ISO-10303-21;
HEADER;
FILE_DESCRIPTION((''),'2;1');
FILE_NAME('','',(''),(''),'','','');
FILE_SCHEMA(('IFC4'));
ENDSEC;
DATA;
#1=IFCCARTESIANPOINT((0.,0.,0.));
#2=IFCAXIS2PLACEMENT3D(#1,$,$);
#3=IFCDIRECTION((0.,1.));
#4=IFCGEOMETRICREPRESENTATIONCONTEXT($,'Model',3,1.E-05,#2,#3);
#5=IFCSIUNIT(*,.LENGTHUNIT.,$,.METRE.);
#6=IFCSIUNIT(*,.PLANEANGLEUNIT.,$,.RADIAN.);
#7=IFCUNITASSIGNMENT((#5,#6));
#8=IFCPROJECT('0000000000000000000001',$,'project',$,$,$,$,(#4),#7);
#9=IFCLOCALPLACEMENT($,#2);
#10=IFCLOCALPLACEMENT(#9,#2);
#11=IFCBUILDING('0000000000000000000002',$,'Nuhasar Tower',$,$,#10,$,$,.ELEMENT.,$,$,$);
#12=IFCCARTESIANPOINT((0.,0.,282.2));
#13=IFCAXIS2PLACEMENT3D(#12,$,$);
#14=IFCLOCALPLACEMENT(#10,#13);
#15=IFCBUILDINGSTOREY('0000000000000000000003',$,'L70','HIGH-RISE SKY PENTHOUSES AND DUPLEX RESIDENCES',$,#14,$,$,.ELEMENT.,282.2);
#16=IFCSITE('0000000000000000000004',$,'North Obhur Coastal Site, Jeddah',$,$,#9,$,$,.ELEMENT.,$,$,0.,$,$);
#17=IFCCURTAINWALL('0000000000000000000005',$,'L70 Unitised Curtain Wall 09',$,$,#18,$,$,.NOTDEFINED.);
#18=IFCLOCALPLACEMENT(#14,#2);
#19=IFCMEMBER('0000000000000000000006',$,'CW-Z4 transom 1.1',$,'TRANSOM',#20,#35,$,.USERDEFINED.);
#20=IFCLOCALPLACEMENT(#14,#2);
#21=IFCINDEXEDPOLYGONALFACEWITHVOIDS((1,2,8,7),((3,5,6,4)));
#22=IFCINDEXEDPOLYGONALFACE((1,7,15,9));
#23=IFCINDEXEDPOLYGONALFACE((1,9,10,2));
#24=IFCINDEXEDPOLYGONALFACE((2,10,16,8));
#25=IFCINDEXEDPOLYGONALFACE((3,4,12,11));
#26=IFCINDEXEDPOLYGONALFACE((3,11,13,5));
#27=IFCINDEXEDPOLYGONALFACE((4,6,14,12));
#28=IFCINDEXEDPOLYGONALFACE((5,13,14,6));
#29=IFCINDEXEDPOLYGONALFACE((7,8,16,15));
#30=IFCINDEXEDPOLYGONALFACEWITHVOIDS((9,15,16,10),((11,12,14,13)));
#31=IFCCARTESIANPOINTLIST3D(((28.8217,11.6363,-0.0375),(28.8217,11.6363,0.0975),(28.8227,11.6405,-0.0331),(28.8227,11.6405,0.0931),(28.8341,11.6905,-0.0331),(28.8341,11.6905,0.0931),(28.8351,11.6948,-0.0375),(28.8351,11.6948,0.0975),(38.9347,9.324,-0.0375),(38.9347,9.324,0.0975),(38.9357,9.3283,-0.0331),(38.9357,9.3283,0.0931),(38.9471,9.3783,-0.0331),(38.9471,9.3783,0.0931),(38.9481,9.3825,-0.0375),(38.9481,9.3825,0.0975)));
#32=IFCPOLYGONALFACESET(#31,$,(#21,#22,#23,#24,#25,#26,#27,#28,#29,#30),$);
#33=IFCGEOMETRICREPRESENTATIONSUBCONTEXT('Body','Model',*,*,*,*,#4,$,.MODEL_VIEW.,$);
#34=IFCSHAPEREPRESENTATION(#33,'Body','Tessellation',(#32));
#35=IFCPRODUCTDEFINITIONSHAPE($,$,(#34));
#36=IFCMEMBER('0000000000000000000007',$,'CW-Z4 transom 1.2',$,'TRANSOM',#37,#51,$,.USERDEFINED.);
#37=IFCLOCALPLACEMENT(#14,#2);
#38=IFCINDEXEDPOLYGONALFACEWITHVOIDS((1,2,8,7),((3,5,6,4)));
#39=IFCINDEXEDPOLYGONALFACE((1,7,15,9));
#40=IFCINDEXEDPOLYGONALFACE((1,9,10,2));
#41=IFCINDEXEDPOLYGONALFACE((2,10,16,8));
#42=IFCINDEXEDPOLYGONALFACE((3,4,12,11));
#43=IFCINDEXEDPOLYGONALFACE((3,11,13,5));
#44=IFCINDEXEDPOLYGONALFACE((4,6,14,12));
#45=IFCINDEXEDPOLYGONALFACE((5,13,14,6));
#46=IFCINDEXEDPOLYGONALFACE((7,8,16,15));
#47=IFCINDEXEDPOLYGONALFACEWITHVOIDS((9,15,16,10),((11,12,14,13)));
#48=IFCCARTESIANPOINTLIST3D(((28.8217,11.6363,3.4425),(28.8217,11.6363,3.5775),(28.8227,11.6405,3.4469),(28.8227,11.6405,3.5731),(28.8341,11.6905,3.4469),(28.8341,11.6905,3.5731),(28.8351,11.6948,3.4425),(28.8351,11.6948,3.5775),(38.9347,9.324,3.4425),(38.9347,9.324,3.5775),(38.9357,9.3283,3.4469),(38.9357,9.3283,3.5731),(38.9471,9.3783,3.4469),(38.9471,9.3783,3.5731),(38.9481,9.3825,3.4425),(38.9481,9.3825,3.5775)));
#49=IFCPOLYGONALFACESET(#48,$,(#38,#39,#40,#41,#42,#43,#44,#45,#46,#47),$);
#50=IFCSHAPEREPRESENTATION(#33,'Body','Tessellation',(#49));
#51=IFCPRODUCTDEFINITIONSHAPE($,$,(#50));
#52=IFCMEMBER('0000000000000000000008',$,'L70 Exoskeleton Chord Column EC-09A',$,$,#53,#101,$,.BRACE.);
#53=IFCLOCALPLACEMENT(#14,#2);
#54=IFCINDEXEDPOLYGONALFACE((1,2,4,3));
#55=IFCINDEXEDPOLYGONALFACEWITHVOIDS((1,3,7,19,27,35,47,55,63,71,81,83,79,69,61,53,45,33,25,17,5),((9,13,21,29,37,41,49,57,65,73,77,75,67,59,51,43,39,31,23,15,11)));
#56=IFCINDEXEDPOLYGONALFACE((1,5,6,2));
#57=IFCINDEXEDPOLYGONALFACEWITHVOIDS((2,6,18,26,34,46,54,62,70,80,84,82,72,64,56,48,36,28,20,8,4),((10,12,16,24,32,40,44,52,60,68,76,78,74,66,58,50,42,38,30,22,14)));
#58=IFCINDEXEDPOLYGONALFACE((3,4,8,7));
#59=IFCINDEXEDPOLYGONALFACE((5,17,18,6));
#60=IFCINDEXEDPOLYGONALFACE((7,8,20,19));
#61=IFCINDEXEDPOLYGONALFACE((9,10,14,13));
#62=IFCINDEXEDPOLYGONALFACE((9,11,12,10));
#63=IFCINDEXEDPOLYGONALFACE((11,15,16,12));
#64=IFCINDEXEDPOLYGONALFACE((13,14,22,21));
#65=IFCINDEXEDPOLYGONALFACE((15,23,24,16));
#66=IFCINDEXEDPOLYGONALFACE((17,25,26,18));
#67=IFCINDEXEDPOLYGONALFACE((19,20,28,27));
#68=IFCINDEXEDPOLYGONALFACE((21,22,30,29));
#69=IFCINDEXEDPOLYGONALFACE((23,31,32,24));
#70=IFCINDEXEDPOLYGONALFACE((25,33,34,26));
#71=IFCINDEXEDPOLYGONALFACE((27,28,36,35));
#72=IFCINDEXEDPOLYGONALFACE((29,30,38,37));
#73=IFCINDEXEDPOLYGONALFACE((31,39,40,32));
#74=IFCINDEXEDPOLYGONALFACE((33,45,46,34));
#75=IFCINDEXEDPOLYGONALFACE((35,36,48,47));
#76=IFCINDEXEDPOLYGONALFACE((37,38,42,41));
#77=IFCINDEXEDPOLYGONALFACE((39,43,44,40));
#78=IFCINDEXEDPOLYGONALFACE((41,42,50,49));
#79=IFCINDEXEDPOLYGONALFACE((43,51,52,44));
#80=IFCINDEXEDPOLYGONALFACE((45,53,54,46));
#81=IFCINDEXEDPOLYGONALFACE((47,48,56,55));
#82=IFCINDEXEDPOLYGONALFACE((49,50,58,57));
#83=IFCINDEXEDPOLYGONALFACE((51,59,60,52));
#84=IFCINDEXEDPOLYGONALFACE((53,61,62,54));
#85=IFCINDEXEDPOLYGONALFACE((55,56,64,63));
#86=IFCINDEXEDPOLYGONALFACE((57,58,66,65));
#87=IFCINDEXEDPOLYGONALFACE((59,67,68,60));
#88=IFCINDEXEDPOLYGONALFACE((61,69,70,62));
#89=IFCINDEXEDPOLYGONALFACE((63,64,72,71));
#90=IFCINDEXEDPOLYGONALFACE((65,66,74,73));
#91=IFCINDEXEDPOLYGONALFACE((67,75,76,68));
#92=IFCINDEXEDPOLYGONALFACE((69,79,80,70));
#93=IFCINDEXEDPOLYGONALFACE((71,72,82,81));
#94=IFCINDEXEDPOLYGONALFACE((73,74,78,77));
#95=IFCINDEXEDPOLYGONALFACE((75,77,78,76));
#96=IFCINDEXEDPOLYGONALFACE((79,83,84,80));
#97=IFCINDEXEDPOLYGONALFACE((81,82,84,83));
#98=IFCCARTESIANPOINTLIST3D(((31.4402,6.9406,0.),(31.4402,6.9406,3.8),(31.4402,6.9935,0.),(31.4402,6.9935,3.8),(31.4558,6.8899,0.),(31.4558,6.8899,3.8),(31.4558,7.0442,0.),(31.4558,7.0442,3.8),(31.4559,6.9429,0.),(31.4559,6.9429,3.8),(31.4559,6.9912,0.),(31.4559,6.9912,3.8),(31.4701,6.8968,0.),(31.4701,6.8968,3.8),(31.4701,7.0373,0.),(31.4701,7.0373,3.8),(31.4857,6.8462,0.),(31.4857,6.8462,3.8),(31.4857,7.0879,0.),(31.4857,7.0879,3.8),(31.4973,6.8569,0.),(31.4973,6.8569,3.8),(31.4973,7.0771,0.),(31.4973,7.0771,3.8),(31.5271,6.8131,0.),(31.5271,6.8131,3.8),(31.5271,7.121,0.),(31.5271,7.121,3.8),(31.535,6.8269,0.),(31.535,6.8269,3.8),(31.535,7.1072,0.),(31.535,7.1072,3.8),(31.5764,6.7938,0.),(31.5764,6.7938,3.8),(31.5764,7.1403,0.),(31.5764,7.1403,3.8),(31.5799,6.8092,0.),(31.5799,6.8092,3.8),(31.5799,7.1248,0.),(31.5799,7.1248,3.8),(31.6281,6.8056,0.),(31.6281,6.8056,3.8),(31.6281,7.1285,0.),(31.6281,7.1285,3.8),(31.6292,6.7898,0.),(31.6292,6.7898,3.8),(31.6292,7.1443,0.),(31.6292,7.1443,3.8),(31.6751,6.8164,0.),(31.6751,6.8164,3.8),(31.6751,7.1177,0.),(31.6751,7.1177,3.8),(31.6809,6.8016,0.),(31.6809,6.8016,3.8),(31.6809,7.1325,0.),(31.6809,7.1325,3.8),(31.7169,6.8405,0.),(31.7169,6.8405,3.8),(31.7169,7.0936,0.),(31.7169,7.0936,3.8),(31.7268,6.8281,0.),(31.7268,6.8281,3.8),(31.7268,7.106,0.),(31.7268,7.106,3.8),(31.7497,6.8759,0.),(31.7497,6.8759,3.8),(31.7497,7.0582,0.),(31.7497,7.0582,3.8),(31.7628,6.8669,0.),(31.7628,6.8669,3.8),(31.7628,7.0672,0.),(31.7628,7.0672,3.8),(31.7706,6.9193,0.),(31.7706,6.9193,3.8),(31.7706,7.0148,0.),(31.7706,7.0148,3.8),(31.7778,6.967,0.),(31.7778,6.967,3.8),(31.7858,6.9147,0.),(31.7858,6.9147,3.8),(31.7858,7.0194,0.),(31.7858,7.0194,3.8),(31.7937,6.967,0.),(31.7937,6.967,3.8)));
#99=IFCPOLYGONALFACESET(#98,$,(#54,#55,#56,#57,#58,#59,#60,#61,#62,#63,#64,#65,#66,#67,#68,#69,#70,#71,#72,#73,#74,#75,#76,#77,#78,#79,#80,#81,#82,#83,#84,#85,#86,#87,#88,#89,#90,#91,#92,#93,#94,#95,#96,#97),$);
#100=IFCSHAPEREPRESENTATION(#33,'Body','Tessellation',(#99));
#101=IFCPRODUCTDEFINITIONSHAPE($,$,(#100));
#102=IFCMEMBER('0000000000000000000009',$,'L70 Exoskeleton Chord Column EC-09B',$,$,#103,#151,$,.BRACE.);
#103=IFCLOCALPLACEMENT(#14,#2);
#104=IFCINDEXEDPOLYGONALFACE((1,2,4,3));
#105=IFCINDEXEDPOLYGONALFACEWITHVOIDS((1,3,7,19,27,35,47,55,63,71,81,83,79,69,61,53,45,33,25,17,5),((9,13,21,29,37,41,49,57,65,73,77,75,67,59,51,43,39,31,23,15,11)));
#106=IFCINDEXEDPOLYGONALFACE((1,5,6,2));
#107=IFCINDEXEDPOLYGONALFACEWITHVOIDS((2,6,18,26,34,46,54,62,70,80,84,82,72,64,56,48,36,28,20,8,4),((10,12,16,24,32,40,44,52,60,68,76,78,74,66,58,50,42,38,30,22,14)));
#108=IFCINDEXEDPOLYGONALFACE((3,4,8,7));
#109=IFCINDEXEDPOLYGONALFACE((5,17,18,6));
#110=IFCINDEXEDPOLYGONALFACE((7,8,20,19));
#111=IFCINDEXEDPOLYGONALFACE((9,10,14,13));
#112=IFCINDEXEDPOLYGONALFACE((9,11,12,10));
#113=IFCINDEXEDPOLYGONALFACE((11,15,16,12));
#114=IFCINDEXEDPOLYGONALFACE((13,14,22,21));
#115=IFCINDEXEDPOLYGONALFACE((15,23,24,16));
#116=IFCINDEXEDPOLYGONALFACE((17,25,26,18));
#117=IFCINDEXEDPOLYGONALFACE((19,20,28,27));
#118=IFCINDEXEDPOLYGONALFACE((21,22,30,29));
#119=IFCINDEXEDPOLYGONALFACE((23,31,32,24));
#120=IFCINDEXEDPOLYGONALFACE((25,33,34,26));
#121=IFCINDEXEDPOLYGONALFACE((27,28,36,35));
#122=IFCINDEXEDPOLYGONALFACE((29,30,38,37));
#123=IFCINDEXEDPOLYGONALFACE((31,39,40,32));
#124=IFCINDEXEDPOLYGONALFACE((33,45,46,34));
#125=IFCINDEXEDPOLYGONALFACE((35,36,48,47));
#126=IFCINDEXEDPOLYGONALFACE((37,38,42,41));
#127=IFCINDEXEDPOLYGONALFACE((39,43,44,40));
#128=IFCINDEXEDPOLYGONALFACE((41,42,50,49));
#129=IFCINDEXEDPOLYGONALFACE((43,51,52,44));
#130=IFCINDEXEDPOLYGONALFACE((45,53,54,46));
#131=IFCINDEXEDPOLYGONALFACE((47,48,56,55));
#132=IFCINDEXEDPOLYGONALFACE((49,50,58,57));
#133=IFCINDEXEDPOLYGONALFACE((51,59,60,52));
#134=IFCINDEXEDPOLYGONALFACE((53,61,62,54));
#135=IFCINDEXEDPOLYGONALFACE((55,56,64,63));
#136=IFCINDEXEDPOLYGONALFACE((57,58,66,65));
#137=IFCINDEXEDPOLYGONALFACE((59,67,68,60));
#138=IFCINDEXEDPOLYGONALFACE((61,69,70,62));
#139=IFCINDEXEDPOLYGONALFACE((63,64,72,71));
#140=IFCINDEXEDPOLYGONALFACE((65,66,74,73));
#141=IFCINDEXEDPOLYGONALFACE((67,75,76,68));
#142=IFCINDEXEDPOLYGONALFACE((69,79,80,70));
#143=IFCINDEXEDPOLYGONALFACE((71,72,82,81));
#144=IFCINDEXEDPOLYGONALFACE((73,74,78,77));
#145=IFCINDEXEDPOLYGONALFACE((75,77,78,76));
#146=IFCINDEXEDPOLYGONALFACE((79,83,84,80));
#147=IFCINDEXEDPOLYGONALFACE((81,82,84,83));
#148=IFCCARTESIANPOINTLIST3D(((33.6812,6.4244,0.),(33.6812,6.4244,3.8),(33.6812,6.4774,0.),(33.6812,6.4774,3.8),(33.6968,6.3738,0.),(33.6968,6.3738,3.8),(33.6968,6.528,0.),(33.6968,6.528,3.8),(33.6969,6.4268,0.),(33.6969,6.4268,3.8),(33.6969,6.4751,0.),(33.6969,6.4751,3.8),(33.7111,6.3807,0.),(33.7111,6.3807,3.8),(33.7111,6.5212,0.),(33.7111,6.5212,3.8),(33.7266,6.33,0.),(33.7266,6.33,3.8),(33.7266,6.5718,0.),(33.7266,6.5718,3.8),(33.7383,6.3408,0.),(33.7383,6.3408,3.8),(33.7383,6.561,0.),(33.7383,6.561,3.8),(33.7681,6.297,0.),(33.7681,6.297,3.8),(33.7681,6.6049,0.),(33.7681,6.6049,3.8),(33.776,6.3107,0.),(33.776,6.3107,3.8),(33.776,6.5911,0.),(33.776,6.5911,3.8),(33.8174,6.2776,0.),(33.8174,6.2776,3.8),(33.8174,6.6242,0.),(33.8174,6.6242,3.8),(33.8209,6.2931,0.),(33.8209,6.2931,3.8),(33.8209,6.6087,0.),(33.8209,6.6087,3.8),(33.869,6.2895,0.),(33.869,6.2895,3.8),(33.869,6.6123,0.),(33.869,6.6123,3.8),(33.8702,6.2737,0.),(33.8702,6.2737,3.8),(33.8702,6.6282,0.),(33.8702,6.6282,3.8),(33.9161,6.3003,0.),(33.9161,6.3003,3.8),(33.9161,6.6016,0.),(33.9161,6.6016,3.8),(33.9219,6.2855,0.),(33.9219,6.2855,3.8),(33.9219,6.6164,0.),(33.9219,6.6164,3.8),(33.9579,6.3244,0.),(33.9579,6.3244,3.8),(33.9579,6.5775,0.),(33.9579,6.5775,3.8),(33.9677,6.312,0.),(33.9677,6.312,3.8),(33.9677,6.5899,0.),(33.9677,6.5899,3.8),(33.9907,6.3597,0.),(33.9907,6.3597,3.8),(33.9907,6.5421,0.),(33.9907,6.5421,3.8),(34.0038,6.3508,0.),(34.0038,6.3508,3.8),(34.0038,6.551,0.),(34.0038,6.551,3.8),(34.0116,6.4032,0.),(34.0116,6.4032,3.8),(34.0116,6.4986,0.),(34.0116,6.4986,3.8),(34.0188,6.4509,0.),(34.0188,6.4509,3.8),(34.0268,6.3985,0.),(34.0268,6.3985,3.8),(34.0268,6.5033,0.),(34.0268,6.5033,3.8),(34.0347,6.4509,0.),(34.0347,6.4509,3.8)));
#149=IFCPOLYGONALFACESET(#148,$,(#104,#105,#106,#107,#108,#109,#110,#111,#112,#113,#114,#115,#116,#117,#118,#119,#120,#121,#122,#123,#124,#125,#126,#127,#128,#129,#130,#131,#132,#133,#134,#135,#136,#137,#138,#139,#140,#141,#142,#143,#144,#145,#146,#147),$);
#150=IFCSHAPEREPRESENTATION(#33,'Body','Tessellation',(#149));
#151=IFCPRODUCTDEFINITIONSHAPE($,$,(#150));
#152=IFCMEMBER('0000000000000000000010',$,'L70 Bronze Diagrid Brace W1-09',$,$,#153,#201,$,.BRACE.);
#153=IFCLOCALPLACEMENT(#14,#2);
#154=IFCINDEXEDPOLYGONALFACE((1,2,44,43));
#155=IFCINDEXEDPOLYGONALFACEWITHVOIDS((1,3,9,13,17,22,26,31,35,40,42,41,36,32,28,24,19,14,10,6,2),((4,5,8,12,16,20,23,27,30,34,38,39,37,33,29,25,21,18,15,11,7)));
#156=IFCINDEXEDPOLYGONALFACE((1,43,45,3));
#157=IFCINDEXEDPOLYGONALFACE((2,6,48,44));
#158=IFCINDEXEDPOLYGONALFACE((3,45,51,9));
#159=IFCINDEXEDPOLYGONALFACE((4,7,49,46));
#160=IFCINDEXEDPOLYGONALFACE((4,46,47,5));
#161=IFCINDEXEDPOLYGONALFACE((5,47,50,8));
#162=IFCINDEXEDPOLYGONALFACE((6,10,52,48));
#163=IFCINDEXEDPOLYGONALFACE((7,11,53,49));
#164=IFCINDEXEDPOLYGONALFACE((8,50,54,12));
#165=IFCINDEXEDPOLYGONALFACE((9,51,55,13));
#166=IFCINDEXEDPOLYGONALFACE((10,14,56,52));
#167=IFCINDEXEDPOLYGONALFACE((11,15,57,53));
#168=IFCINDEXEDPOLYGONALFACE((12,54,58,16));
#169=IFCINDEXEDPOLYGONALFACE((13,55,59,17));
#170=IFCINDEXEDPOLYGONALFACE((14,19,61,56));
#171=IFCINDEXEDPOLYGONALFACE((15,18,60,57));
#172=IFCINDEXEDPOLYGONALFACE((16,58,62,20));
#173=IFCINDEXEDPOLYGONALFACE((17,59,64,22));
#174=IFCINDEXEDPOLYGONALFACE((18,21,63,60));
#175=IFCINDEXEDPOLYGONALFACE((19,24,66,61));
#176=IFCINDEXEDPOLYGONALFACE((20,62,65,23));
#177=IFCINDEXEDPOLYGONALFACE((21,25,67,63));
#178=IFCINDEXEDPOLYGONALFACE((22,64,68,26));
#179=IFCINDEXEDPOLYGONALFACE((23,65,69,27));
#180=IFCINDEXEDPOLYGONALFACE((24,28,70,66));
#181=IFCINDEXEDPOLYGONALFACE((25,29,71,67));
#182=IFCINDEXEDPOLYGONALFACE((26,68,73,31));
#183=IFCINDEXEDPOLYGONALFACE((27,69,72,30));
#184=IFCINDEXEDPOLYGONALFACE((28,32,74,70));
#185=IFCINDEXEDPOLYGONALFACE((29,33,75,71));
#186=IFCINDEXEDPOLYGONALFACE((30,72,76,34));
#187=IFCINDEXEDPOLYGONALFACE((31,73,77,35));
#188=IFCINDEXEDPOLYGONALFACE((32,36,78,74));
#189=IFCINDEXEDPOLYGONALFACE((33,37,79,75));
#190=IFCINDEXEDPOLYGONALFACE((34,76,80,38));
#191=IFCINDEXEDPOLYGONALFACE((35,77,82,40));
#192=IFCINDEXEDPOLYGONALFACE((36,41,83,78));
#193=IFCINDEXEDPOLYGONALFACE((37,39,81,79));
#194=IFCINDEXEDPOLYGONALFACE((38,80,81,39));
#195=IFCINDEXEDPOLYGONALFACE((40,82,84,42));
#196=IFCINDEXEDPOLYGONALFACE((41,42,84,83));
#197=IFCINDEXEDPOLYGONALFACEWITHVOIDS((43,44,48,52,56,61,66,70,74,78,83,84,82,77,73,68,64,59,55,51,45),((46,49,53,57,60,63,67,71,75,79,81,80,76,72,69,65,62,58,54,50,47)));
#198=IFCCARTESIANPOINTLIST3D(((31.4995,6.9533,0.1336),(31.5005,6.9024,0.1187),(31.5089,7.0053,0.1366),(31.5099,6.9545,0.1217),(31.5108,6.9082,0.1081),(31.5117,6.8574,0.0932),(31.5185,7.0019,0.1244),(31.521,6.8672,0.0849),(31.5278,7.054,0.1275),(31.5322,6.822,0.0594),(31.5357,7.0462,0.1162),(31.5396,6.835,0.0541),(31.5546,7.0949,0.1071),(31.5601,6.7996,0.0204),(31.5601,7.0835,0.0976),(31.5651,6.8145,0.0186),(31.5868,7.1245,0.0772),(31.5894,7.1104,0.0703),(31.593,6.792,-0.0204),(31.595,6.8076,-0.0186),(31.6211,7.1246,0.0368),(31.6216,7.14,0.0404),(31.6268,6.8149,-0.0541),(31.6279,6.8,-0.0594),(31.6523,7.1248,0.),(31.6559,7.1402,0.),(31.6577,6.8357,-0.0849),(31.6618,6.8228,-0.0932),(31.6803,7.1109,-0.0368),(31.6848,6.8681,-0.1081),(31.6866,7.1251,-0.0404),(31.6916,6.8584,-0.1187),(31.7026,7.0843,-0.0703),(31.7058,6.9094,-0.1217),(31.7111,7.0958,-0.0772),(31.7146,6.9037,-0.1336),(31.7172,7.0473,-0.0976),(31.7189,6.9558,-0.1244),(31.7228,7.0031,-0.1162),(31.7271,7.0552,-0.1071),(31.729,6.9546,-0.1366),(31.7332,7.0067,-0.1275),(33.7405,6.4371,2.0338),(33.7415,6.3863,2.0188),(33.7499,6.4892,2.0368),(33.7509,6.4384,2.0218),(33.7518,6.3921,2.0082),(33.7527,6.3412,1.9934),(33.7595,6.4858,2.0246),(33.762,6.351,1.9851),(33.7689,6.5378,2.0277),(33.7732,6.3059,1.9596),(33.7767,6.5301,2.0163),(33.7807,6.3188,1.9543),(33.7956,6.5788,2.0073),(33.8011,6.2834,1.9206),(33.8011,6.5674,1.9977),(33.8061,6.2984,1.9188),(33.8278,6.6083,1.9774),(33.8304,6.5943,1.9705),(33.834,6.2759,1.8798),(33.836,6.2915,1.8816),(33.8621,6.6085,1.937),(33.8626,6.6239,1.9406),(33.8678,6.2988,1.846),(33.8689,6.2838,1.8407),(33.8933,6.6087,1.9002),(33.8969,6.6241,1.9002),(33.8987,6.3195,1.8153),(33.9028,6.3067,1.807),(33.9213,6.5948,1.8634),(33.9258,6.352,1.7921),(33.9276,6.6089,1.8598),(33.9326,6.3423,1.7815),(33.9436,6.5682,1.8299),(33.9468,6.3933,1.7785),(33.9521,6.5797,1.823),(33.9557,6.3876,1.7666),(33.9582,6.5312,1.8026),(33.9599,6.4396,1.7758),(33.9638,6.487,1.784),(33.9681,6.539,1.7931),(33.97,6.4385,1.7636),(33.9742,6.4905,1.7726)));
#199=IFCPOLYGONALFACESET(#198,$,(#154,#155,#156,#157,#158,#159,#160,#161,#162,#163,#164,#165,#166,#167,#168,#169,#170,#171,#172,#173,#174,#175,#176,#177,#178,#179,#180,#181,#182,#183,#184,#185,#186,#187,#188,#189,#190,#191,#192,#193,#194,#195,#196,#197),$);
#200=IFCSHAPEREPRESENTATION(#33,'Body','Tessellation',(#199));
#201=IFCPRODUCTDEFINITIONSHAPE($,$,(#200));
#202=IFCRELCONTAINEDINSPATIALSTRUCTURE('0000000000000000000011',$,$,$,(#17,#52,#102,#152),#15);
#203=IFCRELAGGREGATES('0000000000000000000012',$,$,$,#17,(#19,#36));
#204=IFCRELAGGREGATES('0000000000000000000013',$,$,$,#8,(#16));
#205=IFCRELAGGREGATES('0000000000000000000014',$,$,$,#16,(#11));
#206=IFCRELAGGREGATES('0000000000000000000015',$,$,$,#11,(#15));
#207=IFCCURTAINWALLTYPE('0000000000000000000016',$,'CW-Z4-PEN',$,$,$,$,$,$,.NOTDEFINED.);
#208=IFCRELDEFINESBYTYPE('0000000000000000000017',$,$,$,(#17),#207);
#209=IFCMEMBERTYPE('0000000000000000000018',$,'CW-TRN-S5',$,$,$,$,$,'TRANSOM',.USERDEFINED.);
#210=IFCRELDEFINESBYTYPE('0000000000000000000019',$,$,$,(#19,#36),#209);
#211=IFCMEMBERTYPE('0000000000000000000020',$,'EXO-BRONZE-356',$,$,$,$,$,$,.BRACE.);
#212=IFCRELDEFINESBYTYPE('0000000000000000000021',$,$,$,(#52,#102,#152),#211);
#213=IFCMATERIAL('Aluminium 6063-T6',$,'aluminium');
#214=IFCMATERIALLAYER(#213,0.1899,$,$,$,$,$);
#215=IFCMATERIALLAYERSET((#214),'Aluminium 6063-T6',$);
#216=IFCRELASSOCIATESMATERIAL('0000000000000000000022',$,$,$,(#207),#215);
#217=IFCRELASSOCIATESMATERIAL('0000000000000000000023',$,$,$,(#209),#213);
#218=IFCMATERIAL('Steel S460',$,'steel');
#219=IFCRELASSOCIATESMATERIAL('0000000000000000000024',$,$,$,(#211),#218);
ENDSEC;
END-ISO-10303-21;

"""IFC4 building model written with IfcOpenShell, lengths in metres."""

from ifc_helpers import new_model, si_unit, direction, frame, origin, origin_2d, place, context, subcontext, project, spatial, hollow_rectangle, hollow_circle, extrude, material, layer, layer_set, material_profile, profile_set, type_object, element, aggregate, save


model = new_model("IFC4")

# Units and contexts
model_context = context("Model", 3, precision=1e-05, world=origin(), true_north=direction((0.0, 1.0)))
body_context = subcontext(model_context, "Body", "Model", "MODEL_VIEW")
ifc_project = project(units=[si_unit("LENGTHUNIT", "METRE"), si_unit("PLANEANGLEUNIT", "RADIAN")], contexts=[model_context])

# Site, building, storey
site_placement = place(None, origin())
site = spatial("IfcSite", under=ifc_project, at=site_placement, Name="North Obhur Coastal Site, Jeddah", CompositionType="ELEMENT", RefElevation=0.0)
building_placement = place(site_placement, origin())
building = spatial("IfcBuilding", under=site, at=building_placement, Name="Nuhasar Tower", CompositionType="ELEMENT")
storey_placement = place(building_placement, frame((0.0, 0.0, 282.2)))
storey = spatial("IfcBuildingStorey", under=building, at=storey_placement, Name="L70", Description="HIGH-RISE SKY PENTHOUSES AND DUPLEX RESIDENCES", CompositionType="ELEMENT", Elevation=282.2)

# Curtain wall, members
ifc_material_1 = material(Name="Aluminium 6063-T6", Category="aluminium")
ifc_layer_1 = layer(ifc_material_1, 0.1899)
ifc_layer_set_1 = layer_set([ifc_layer_1], Name="Aluminium 6063-T6")
curtain_wall_type = type_object("IfcCurtainWallType", Name="CW-Z4-PEN", PredefinedType="NOTDEFINED", material=ifc_layer_set_1)
curtain_wall_placement = place(storey_placement, origin())
curtain_wall = element("IfcCurtainWall", 1, at=curtain_wall_placement, inside=storey, type_object=curtain_wall_type, Name="L70 Unitised Curtain Wall 09", PredefinedType="NOTDEFINED")
ifc_material_profile_1 = material_profile(ifc_material_1, hollow_rectangle(XDim=0.0601, YDim=0.135, WallThickness=0.0044, at=origin_2d()), Name="CWT-5")
ifc_profile_set_1 = profile_set([ifc_material_profile_1], Name="Aluminium 6063-T6")
member_type_1 = type_object("IfcMemberType", Name="CW-TRN-S5", ElementType="TRANSOM", PredefinedType="USERDEFINED", material=ifc_profile_set_1)
member_1_placement = place(storey_placement, frame((28.8284, 11.6655, 0.03), z_axis=(0.974844, -0.222889, 0.0), x_axis=(0.222889, 0.974844, 0.0)))
member_1 = element("IfcMember", 2, at=member_1_placement, type_object=member_type_1, Name="CW-Z4 transom 1.1", ObjectType="TRANSOM", PredefinedType="USERDEFINED", context=body_context, shape_type="SweptSolid", body=[
    extrude(hollow_rectangle(XDim=0.0601, YDim=0.135, WallThickness=0.0044, at=origin_2d()), origin(), (0.0, 0.0, 1.0), 10.374),
])
member_2_placement = place(storey_placement, frame((28.8284, 11.6655, 3.51), z_axis=(0.974844, -0.222889, 0.0), x_axis=(0.222889, 0.974844, 0.0)))
member_2 = element("IfcMember", 3, at=member_2_placement, type_object=member_type_1, Name="CW-Z4 transom 1.2", ObjectType="TRANSOM", PredefinedType="USERDEFINED", context=body_context, shape_type="SweptSolid", body=[
    extrude(hollow_rectangle(XDim=0.0601, YDim=0.135, WallThickness=0.0044, at=origin_2d()), origin(), (0.0, 0.0, 1.0), 10.374),
])

# Members
ifc_material_2 = material(Name="Steel S460", Category="steel")
ifc_material_profile_2 = material_profile(ifc_material_2, hollow_circle(Radius=0.1777, WallThickness=0.0159, at=origin_2d()), Name="HSS355.6X15.9")
ifc_profile_set_2 = profile_set([ifc_material_profile_2], Name="Steel S460")
member_type_2 = type_object("IfcMemberType", Name="EXO-BRONZE-356", PredefinedType="BRACE", material=ifc_profile_set_2)
for number, where, z_axis, x_axis, name in (
    (4, (31.616, 6.967, 0.0), (0.0, 0.0, 1.0), (1.0, 0.0, 0.0), "L70 Exoskeleton Chord Column EC-09A"),
    (5, (33.8569, 6.4509, 0.0), (0.0, 0.0, 1.0), (1.0, 0.0, 0.0), "L70 Exoskeleton Chord Column EC-09B"),
):
    element("IfcMember", number, at=place(storey_placement, frame(where, z_axis=z_axis, x_axis=x_axis)), inside=storey, type_object=member_type_2, Name=name, PredefinedType="BRACE", context=body_context, shape_type="SweptSolid", body=[
        extrude(hollow_circle(Radius=0.1777, WallThickness=0.0159, at=origin_2d()), origin(), (0.0, 0.0, 1.0), 3.8),
    ])
member_3_placement = place(storey_placement, frame((31.616, 6.967, 0.0), z_axis=(0.751222, -0.173013, 0.636971), x_axis=(0.224433, 0.97449, 0.0)))
element("IfcMember", 6, at=member_3_placement, inside=storey, type_object=member_type_2, Name="L70 Bronze Diagrid Brace W1-09", PredefinedType="BRACE", context=body_context, shape_type="SweptSolid", body=[
    extrude(hollow_circle(Radius=0.1777, WallThickness=0.0159, at=origin_2d()), origin(), (0.0, 0.0, 1.0), 2.9832),
])

aggregate(curtain_wall, [member_1, member_2])

save(model, "model.ifc")
